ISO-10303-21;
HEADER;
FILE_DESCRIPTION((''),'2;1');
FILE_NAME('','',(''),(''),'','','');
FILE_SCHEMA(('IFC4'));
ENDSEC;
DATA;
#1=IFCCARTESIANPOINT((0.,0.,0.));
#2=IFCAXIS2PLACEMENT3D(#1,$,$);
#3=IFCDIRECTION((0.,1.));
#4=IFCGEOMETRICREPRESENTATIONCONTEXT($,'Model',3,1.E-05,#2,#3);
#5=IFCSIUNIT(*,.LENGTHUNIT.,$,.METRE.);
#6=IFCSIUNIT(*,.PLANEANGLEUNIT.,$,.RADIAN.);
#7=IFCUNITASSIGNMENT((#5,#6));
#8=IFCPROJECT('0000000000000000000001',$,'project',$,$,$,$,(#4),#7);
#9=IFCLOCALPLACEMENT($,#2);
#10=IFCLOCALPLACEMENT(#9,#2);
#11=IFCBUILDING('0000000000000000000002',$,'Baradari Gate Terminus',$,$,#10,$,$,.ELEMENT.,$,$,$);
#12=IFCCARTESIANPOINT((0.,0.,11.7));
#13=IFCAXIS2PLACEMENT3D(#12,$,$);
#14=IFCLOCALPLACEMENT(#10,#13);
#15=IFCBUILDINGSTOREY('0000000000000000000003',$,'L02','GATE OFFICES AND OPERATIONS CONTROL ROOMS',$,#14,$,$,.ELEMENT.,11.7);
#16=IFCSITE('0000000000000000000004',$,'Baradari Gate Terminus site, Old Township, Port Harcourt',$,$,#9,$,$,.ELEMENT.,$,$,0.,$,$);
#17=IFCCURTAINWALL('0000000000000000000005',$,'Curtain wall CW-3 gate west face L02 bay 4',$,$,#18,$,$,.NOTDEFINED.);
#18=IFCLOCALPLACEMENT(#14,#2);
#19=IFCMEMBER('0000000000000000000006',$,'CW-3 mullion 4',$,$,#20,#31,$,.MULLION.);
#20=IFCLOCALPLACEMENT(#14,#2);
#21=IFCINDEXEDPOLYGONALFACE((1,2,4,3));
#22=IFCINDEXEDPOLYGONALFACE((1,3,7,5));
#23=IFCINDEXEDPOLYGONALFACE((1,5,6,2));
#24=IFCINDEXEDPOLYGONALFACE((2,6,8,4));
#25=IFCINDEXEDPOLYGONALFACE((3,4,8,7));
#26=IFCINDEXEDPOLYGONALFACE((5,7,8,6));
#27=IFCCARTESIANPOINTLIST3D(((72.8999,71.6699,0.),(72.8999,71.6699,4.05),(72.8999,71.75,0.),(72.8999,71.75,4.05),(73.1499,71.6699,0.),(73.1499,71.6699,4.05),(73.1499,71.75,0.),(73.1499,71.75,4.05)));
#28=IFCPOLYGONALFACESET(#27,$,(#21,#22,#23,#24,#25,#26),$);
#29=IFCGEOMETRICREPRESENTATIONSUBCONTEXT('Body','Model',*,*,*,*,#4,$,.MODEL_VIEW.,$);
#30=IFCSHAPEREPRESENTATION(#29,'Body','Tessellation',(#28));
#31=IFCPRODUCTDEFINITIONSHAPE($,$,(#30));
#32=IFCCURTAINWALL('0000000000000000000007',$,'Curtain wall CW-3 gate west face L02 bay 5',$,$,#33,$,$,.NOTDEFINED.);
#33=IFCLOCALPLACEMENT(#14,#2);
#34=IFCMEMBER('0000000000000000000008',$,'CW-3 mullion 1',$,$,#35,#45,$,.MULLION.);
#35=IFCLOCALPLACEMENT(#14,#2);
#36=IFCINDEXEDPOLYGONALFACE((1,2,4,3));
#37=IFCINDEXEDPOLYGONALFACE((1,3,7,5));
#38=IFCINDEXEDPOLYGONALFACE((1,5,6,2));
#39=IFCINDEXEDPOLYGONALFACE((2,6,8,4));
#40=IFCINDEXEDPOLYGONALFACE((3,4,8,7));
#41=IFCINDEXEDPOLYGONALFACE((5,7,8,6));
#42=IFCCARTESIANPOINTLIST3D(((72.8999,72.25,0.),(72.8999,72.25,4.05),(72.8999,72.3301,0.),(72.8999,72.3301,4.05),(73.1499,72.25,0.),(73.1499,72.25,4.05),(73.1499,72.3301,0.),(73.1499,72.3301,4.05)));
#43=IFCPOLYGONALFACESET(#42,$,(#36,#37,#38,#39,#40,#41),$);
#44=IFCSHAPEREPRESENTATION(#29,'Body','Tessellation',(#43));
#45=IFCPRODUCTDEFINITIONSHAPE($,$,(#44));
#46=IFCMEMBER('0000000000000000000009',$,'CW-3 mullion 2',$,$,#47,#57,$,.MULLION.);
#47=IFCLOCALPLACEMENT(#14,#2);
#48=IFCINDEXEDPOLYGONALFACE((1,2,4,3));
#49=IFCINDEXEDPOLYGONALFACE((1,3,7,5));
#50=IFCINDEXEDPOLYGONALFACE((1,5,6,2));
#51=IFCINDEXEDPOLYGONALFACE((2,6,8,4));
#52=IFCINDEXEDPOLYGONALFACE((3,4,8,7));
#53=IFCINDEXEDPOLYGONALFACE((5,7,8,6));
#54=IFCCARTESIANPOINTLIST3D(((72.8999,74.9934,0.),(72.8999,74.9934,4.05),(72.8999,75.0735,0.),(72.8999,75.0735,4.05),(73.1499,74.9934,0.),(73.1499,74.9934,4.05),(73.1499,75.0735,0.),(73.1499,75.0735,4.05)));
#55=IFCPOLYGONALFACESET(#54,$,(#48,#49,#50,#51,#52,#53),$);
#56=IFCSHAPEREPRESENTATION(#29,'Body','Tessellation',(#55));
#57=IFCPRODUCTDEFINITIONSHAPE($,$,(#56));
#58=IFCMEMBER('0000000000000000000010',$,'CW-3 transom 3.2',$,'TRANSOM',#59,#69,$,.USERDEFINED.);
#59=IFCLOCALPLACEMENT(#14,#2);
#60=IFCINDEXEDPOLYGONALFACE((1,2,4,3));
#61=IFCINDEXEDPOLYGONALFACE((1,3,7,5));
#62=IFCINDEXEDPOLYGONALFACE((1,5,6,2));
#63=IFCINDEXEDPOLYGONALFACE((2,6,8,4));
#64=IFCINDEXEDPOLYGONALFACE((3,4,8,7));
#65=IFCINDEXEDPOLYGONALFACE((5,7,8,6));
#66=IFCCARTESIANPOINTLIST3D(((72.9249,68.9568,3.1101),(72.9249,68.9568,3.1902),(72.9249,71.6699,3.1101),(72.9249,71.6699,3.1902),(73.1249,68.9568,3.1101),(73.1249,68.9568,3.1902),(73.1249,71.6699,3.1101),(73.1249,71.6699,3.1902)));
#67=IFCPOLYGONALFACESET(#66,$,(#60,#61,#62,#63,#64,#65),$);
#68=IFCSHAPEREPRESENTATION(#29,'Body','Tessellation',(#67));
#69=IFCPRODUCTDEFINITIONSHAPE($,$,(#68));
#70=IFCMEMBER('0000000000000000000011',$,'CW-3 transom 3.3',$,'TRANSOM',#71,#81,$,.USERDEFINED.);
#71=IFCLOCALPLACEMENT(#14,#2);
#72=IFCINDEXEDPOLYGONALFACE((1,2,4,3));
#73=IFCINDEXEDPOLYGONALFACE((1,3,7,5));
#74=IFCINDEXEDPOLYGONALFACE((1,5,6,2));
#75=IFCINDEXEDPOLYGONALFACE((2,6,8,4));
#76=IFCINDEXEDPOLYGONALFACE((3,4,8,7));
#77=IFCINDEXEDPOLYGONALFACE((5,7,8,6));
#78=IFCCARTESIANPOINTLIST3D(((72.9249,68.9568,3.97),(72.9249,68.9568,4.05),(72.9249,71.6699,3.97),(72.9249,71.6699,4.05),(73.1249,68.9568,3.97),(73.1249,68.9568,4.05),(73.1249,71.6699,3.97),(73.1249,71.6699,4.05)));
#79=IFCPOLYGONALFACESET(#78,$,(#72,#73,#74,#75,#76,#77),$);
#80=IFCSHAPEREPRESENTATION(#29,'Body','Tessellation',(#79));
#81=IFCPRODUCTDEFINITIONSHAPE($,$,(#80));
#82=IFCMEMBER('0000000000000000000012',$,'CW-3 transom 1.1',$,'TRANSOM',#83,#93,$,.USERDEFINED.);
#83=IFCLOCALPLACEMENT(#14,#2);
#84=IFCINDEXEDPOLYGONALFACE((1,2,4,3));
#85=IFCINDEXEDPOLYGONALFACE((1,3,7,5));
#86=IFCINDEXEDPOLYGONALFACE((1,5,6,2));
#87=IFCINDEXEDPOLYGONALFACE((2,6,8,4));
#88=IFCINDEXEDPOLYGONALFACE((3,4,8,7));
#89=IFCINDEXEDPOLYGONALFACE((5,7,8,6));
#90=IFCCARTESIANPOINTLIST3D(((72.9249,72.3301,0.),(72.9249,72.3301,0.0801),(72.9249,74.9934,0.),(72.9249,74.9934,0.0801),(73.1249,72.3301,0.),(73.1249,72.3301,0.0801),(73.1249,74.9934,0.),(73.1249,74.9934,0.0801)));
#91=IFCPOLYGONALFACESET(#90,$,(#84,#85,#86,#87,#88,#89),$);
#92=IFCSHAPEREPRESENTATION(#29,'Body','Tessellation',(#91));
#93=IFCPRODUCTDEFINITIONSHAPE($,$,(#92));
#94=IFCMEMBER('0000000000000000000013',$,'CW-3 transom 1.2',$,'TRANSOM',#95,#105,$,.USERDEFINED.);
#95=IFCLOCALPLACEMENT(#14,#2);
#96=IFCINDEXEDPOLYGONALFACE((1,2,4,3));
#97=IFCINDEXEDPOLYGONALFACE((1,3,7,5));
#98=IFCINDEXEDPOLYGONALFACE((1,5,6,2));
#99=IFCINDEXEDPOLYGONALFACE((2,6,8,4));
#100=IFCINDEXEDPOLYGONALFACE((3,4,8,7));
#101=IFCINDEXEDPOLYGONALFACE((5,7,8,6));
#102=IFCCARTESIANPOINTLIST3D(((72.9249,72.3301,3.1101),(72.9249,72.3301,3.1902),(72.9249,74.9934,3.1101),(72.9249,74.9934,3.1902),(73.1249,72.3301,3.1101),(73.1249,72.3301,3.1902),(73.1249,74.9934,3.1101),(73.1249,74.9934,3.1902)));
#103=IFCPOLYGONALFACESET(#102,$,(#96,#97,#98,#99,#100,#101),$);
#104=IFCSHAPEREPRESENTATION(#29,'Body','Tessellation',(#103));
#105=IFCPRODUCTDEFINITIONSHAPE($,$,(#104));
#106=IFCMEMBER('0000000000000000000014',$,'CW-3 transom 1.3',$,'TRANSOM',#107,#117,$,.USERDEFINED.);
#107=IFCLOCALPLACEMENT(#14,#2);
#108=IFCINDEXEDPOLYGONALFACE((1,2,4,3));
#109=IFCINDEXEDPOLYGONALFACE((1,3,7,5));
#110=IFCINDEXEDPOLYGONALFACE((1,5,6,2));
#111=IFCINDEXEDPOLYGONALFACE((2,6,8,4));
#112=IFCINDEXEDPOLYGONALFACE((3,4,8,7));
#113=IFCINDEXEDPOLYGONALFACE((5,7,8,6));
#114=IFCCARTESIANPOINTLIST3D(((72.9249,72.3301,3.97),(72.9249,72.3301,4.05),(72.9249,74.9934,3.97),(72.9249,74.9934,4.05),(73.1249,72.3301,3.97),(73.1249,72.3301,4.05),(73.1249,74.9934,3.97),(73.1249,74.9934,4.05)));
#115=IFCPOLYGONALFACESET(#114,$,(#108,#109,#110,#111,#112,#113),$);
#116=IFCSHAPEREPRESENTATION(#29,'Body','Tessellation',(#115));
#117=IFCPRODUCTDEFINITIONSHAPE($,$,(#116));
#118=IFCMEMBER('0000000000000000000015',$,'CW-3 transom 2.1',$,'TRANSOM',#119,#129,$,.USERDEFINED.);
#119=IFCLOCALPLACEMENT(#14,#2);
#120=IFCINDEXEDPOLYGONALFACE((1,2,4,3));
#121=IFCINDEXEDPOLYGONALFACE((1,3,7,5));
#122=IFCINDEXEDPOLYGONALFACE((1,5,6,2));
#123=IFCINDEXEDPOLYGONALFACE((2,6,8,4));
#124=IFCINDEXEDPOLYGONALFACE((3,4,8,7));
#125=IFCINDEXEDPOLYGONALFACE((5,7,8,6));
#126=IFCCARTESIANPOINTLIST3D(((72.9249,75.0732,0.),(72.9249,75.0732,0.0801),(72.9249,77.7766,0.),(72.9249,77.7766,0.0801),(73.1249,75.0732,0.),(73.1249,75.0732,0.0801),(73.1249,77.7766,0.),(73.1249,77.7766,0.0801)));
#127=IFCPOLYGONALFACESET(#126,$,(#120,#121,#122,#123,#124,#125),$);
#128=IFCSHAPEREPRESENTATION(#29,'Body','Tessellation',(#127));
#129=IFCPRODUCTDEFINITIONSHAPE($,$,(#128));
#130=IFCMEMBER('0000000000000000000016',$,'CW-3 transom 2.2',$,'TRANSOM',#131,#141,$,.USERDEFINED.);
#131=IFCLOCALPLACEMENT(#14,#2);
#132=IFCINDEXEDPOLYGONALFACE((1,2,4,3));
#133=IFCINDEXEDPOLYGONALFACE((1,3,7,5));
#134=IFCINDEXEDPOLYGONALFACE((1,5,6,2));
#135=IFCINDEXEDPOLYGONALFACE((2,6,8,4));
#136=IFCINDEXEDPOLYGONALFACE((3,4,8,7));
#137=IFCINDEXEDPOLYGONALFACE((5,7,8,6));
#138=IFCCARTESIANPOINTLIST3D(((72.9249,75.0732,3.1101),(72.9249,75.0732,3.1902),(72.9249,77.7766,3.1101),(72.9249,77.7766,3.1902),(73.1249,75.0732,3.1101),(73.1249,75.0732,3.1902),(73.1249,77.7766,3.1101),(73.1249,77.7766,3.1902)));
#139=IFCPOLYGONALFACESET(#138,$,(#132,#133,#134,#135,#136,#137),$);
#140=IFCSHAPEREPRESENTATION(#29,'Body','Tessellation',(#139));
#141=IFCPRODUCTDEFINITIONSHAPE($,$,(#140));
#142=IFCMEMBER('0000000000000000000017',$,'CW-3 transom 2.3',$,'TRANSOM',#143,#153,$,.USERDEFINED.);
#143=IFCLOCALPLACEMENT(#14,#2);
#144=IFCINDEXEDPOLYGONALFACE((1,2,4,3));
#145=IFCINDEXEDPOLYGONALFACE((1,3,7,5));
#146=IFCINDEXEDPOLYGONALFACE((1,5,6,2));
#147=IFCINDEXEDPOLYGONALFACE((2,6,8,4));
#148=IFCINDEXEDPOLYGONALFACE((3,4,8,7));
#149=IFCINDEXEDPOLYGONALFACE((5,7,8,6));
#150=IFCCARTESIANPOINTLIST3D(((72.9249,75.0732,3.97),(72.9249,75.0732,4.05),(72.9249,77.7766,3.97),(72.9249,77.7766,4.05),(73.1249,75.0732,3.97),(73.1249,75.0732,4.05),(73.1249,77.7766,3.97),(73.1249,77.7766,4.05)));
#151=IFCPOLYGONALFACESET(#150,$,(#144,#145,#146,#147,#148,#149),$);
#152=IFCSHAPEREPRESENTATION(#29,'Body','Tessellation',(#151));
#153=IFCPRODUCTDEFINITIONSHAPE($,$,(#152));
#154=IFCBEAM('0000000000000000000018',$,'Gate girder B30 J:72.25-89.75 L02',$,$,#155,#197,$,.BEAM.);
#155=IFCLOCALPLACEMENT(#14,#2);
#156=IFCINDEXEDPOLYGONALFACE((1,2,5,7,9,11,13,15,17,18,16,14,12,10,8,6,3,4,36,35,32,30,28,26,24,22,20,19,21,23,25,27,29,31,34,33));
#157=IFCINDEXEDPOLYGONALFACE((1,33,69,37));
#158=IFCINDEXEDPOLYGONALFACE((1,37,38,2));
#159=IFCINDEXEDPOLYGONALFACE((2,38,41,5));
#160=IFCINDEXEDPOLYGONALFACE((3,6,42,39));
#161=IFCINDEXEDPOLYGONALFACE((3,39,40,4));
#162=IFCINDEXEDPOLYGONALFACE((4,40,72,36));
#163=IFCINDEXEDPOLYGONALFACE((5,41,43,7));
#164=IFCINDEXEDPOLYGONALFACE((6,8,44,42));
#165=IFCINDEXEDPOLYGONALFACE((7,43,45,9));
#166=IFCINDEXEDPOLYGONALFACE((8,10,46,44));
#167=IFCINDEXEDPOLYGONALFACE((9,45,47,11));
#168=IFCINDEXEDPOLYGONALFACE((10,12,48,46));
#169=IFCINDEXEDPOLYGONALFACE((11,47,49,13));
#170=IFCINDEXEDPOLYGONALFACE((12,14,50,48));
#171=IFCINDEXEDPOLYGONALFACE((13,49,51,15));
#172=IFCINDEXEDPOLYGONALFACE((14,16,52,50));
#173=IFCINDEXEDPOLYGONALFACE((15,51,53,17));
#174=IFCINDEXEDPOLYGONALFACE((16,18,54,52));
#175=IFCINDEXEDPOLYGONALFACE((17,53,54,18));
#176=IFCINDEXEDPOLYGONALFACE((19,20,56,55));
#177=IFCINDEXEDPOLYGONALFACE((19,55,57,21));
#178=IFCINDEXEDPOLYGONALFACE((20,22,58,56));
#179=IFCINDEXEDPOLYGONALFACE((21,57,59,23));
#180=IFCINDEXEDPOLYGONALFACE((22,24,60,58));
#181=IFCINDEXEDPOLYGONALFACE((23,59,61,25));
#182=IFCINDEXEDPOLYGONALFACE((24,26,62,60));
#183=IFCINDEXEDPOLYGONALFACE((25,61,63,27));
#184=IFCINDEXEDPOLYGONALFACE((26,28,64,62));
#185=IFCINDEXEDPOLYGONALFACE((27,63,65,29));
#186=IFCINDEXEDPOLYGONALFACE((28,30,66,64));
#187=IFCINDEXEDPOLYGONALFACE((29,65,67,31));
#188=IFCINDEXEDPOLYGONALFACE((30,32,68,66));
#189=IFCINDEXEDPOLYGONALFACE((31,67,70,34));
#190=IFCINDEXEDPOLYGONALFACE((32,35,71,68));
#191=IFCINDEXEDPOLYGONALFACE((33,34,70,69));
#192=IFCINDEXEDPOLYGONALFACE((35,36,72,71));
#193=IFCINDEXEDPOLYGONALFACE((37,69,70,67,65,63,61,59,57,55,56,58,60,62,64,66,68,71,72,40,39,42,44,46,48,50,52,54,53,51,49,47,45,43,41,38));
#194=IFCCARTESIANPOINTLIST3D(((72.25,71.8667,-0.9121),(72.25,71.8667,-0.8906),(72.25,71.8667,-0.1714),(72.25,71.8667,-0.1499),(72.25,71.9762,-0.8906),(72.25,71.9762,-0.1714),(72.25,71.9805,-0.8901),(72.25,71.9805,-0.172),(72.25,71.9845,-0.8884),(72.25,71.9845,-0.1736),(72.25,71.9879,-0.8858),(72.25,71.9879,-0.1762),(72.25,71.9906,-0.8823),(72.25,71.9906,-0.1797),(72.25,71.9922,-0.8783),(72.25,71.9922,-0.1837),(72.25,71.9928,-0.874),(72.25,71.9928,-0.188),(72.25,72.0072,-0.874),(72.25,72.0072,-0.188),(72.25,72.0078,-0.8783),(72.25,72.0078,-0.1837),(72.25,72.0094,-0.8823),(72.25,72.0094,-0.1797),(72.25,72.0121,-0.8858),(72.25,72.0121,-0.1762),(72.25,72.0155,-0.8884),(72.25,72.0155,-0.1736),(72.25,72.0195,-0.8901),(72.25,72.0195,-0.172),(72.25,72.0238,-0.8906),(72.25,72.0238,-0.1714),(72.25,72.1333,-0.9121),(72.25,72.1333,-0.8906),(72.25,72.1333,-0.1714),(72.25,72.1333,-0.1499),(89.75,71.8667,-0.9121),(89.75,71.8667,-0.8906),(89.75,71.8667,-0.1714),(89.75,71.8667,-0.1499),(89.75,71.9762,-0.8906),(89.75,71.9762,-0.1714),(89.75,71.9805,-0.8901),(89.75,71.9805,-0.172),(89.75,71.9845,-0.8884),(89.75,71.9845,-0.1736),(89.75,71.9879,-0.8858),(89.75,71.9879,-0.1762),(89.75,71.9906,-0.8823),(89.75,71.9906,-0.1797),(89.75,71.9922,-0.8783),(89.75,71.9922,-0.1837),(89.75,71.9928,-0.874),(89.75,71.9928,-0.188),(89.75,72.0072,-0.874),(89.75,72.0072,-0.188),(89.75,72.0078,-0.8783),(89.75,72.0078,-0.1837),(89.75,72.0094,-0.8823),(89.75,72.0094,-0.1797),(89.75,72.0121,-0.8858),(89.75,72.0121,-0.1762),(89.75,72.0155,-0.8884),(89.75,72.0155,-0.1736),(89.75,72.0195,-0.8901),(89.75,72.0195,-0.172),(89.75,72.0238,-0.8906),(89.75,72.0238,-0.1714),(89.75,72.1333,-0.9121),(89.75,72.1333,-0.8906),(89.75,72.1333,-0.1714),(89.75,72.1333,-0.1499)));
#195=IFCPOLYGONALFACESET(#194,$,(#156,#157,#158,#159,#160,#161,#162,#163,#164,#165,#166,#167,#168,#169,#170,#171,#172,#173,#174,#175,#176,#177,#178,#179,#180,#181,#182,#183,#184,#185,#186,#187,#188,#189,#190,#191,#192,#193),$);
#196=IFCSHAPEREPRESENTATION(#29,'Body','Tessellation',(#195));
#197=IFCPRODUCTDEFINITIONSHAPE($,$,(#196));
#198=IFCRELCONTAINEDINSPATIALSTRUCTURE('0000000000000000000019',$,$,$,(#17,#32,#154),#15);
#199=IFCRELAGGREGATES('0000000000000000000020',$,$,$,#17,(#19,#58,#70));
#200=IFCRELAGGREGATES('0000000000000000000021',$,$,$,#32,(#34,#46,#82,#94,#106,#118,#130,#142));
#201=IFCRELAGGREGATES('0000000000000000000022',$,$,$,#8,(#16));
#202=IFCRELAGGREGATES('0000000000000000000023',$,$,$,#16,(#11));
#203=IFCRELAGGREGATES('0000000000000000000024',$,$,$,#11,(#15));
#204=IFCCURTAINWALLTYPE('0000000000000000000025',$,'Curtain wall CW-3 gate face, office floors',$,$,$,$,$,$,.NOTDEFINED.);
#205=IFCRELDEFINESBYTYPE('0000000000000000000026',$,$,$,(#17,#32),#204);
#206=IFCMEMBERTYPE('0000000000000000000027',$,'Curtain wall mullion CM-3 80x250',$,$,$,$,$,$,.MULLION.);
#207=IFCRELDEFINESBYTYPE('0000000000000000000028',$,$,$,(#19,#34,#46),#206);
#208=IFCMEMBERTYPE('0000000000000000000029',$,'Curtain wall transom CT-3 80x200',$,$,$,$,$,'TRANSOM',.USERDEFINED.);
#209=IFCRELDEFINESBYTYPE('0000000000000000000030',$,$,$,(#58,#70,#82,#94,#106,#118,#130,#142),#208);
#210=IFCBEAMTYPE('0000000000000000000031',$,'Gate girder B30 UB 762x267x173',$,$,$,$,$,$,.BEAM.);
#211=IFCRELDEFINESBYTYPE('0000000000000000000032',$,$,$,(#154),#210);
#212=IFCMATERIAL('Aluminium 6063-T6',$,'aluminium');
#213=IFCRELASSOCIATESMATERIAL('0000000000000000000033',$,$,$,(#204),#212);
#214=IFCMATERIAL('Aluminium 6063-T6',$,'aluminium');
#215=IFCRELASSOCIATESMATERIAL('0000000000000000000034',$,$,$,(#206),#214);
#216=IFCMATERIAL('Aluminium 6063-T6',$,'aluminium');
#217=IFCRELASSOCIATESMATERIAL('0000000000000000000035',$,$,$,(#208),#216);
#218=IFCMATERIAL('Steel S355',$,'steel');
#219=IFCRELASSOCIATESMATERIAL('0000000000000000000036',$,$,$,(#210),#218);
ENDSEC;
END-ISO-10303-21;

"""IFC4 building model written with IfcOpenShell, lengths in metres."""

from ifc_helpers import new_model, si_unit, direction, frame, origin, origin_2d, place, context, subcontext, project, spatial, rectangle, i_section, extrude, material, material_profile, profile_set, type_object, element, aggregate, save


model = new_model("IFC4")

# Units and contexts
model_context = context("Model", 3, precision=1e-05, world=origin(), true_north=direction((0.0, 1.0)))
body_context = subcontext(model_context, "Body", "Model", "MODEL_VIEW")
ifc_project = project(units=[si_unit("LENGTHUNIT", "METRE"), si_unit("PLANEANGLEUNIT", "RADIAN")], contexts=[model_context])

# Site, building, storey
site_placement = place(None, origin())
site = spatial("IfcSite", under=ifc_project, at=site_placement, Name="Baradari Gate Terminus site, Old Township, Port Harcourt", CompositionType="ELEMENT", RefElevation=0.0)
building_placement = place(site_placement, origin())
building = spatial("IfcBuilding", under=site, at=building_placement, Name="Baradari Gate Terminus", CompositionType="ELEMENT")
storey_placement = place(building_placement, frame((0.0, 0.0, 11.7)))
storey = spatial("IfcBuildingStorey", under=building, at=storey_placement, Name="L02", Description="GATE OFFICES AND OPERATIONS CONTROL ROOMS", CompositionType="ELEMENT", Elevation=11.7)

# Curtain wall, member
ifc_material_1 = material(Name="Aluminium 6063-T6", Category="aluminium")
curtain_wall_type = type_object("IfcCurtainWallType", Name="Curtain wall CW-3 gate face, office floors", PredefinedType="NOTDEFINED", material=ifc_material_1)
curtain_wall_1_placement = place(storey_placement, origin())
curtain_wall_1 = element("IfcCurtainWall", 1, at=curtain_wall_1_placement, inside=storey, type_object=curtain_wall_type, Name="Curtain wall CW-3 gate west face L02 bay 4", PredefinedType="NOTDEFINED")
ifc_material_2 = material(Name="Aluminium 6063-T6", Category="aluminium")
ifc_material_profile_1 = material_profile(ifc_material_2, rectangle(XDim=0.25, YDim=0.0801, at=origin_2d()), Name="CM-3 80X250")
ifc_profile_set_1 = profile_set([ifc_material_profile_1], Name="Aluminium 6063-T6")
member_type_1 = type_object("IfcMemberType", Name="Curtain wall mullion CM-3 80x250", PredefinedType="MULLION", material=ifc_profile_set_1)
member_1_placement = place(storey_placement, frame((73.0249, 71.71, 0.0), z_axis=(0.0, 0.0, 1.0), x_axis=(-1.0, 0.0, 0.0)))
member_1 = element("IfcMember", 2, at=member_1_placement, type_object=member_type_1, Name="CW-3 mullion 4", PredefinedType="MULLION", context=body_context, shape_type="SweptSolid", body=[
    extrude(rectangle(XDim=0.25, YDim=0.0801, at=origin_2d()), origin(), (0.0, 0.0, 1.0), 4.05),
])

# Curtain wall, members
curtain_wall_2_placement = place(storey_placement, origin())
curtain_wall_2 = element("IfcCurtainWall", 3, at=curtain_wall_2_placement, inside=storey, type_object=curtain_wall_type, Name="Curtain wall CW-3 gate west face L02 bay 5", PredefinedType="NOTDEFINED")
member_2_placement = place(storey_placement, frame((73.0249, 72.29, 0.0), z_axis=(0.0, 0.0, 1.0), x_axis=(-1.0, 0.0, 0.0)))
member_2 = element("IfcMember", 4, at=member_2_placement, type_object=member_type_1, Name="CW-3 mullion 1", PredefinedType="MULLION", context=body_context, shape_type="SweptSolid", body=[
    extrude(rectangle(XDim=0.25, YDim=0.0801, at=origin_2d()), origin(), (0.0, 0.0, 1.0), 4.05),
])
member_3_placement = place(storey_placement, frame((73.0249, 75.0334, 0.0), z_axis=(0.0, 0.0, 1.0), x_axis=(-1.0, 0.0, 0.0)))
member_3 = element("IfcMember", 5, at=member_3_placement, type_object=member_type_1, Name="CW-3 mullion 2", PredefinedType="MULLION", context=body_context, shape_type="SweptSolid", body=[
    extrude(rectangle(XDim=0.25, YDim=0.0801, at=origin_2d()), origin(), (0.0, 0.0, 1.0), 4.05),
])

# Members
ifc_material_3 = material(Name="Aluminium 6063-T6", Category="aluminium")
ifc_material_profile_2 = material_profile(ifc_material_3, rectangle(XDim=0.2, YDim=0.0801, at=origin_2d()), Name="CT-3 80X200")
ifc_profile_set_2 = profile_set([ifc_material_profile_2], Name="Aluminium 6063-T6")
member_type_2 = type_object("IfcMemberType", Name="Curtain wall transom CT-3 80x200", ElementType="TRANSOM", PredefinedType="USERDEFINED", material=ifc_profile_set_2)
member_4_placement = place(storey_placement, frame((73.0249, 68.9568, 3.1501), z_axis=(0.0, 1.0, 0.0), x_axis=(-1.0, 0.0, 0.0)))
member_4 = element("IfcMember", 6, at=member_4_placement, type_object=member_type_2, Name="CW-3 transom 3.2", ObjectType="TRANSOM", PredefinedType="USERDEFINED", context=body_context, shape_type="SweptSolid", body=[
    extrude(rectangle(XDim=0.2, YDim=0.0801, at=origin_2d()), origin(), (0.0, 0.0, 1.0), 2.7131),
])
member_5_placement = place(storey_placement, frame((73.0249, 68.9568, 4.01), z_axis=(0.0, 1.0, 0.0), x_axis=(-1.0, 0.0, 0.0)))
member_5 = element("IfcMember", 7, at=member_5_placement, type_object=member_type_2, Name="CW-3 transom 3.3", ObjectType="TRANSOM", PredefinedType="USERDEFINED", context=body_context, shape_type="SweptSolid", body=[
    extrude(rectangle(XDim=0.2, YDim=0.0801, at=origin_2d()), origin(), (0.0, 0.0, 1.0), 2.7131),
])
member_6_placement = place(storey_placement, frame((73.0249, 72.3301, 0.04), z_axis=(0.0, 1.0, 0.0), x_axis=(-1.0, 0.0, 0.0)))
member_6 = element("IfcMember", 8, at=member_6_placement, type_object=member_type_2, Name="CW-3 transom 1.1", ObjectType="TRANSOM", PredefinedType="USERDEFINED", context=body_context, shape_type="SweptSolid", body=[
    extrude(rectangle(XDim=0.2, YDim=0.0801, at=origin_2d()), origin(), (0.0, 0.0, 1.0), 2.6633),
])
member_7_placement = place(storey_placement, frame((73.0249, 72.3301, 3.1501), z_axis=(0.0, 1.0, 0.0), x_axis=(-1.0, 0.0, 0.0)))
member_7 = element("IfcMember", 9, at=member_7_placement, type_object=member_type_2, Name="CW-3 transom 1.2", ObjectType="TRANSOM", PredefinedType="USERDEFINED", context=body_context, shape_type="SweptSolid", body=[
    extrude(rectangle(XDim=0.2, YDim=0.0801, at=origin_2d()), origin(), (0.0, 0.0, 1.0), 2.6633),
])
member_8_placement = place(storey_placement, frame((73.0249, 72.3301, 4.01), z_axis=(0.0, 1.0, 0.0), x_axis=(-1.0, 0.0, 0.0)))
member_8 = element("IfcMember", 10, at=member_8_placement, type_object=member_type_2, Name="CW-3 transom 1.3", ObjectType="TRANSOM", PredefinedType="USERDEFINED", context=body_context, shape_type="SweptSolid", body=[
    extrude(rectangle(XDim=0.2, YDim=0.0801, at=origin_2d()), origin(), (0.0, 0.0, 1.0), 2.6633),
])
member_9_placement = place(storey_placement, frame((73.0249, 75.0732, 0.04), z_axis=(0.0, 1.0, 0.0), x_axis=(-1.0, 0.0, 0.0)))
member_9 = element("IfcMember", 11, at=member_9_placement, type_object=member_type_2, Name="CW-3 transom 2.1", ObjectType="TRANSOM", PredefinedType="USERDEFINED", context=body_context, shape_type="SweptSolid", body=[
    extrude(rectangle(XDim=0.2, YDim=0.0801, at=origin_2d()), origin(), (0.0, 0.0, 1.0), 2.7034),
])
member_10_placement = place(storey_placement, frame((73.0249, 75.0732, 3.1501), z_axis=(0.0, 1.0, 0.0), x_axis=(-1.0, 0.0, 0.0)))
member_10 = element("IfcMember", 12, at=member_10_placement, type_object=member_type_2, Name="CW-3 transom 2.2", ObjectType="TRANSOM", PredefinedType="USERDEFINED", context=body_context, shape_type="SweptSolid", body=[
    extrude(rectangle(XDim=0.2, YDim=0.0801, at=origin_2d()), origin(), (0.0, 0.0, 1.0), 2.7034),
])
member_11_placement = place(storey_placement, frame((73.0249, 75.0732, 4.01), z_axis=(0.0, 1.0, 0.0), x_axis=(-1.0, 0.0, 0.0)))
member_11 = element("IfcMember", 13, at=member_11_placement, type_object=member_type_2, Name="CW-3 transom 2.3", ObjectType="TRANSOM", PredefinedType="USERDEFINED", context=body_context, shape_type="SweptSolid", body=[
    extrude(rectangle(XDim=0.2, YDim=0.0801, at=origin_2d()), origin(), (0.0, 0.0, 1.0), 2.7034),
])

# Beam
ifc_material_4 = material(Name="Steel S355", Category="steel")
ifc_material_profile_3 = material_profile(ifc_material_4, i_section(OverallWidth=0.2666, OverallDepth=0.7622, WebThickness=0.0144, FlangeThickness=0.0215, FilletRadius=0.0166, at=origin_2d()), Name="UB 762x267x173")
ifc_profile_set_3 = profile_set([ifc_material_profile_3], Name="Steel S355")
beam_type_1 = type_object("IfcBeamType", Name="Gate girder B30 UB 762x267x173", PredefinedType="BEAM", material=ifc_profile_set_3)
beam_placement = place(storey_placement, frame((72.25, 72.0, -0.531), z_axis=(1.0, 0.0, 0.0), x_axis=(0.0, 1.0, 0.0)))
element("IfcBeam", 14, at=beam_placement, inside=storey, type_object=beam_type_1, Name="Gate girder B30 J:72.25-89.75 L02", PredefinedType="BEAM", context=body_context, shape_type="SweptSolid", body=[
    extrude(i_section(OverallWidth=0.2666, OverallDepth=0.7622, WebThickness=0.0144, FlangeThickness=0.0215, FilletRadius=0.0166, at=origin_2d()), origin(), (0.0, 0.0, 1.0), 17.5),
])

aggregate(curtain_wall_1, [member_1, member_4, member_5])
aggregate(curtain_wall_2, [member_2, member_3, member_6, member_7, member_8, member_9, member_10, member_11])

save(model, "model.ifc")
